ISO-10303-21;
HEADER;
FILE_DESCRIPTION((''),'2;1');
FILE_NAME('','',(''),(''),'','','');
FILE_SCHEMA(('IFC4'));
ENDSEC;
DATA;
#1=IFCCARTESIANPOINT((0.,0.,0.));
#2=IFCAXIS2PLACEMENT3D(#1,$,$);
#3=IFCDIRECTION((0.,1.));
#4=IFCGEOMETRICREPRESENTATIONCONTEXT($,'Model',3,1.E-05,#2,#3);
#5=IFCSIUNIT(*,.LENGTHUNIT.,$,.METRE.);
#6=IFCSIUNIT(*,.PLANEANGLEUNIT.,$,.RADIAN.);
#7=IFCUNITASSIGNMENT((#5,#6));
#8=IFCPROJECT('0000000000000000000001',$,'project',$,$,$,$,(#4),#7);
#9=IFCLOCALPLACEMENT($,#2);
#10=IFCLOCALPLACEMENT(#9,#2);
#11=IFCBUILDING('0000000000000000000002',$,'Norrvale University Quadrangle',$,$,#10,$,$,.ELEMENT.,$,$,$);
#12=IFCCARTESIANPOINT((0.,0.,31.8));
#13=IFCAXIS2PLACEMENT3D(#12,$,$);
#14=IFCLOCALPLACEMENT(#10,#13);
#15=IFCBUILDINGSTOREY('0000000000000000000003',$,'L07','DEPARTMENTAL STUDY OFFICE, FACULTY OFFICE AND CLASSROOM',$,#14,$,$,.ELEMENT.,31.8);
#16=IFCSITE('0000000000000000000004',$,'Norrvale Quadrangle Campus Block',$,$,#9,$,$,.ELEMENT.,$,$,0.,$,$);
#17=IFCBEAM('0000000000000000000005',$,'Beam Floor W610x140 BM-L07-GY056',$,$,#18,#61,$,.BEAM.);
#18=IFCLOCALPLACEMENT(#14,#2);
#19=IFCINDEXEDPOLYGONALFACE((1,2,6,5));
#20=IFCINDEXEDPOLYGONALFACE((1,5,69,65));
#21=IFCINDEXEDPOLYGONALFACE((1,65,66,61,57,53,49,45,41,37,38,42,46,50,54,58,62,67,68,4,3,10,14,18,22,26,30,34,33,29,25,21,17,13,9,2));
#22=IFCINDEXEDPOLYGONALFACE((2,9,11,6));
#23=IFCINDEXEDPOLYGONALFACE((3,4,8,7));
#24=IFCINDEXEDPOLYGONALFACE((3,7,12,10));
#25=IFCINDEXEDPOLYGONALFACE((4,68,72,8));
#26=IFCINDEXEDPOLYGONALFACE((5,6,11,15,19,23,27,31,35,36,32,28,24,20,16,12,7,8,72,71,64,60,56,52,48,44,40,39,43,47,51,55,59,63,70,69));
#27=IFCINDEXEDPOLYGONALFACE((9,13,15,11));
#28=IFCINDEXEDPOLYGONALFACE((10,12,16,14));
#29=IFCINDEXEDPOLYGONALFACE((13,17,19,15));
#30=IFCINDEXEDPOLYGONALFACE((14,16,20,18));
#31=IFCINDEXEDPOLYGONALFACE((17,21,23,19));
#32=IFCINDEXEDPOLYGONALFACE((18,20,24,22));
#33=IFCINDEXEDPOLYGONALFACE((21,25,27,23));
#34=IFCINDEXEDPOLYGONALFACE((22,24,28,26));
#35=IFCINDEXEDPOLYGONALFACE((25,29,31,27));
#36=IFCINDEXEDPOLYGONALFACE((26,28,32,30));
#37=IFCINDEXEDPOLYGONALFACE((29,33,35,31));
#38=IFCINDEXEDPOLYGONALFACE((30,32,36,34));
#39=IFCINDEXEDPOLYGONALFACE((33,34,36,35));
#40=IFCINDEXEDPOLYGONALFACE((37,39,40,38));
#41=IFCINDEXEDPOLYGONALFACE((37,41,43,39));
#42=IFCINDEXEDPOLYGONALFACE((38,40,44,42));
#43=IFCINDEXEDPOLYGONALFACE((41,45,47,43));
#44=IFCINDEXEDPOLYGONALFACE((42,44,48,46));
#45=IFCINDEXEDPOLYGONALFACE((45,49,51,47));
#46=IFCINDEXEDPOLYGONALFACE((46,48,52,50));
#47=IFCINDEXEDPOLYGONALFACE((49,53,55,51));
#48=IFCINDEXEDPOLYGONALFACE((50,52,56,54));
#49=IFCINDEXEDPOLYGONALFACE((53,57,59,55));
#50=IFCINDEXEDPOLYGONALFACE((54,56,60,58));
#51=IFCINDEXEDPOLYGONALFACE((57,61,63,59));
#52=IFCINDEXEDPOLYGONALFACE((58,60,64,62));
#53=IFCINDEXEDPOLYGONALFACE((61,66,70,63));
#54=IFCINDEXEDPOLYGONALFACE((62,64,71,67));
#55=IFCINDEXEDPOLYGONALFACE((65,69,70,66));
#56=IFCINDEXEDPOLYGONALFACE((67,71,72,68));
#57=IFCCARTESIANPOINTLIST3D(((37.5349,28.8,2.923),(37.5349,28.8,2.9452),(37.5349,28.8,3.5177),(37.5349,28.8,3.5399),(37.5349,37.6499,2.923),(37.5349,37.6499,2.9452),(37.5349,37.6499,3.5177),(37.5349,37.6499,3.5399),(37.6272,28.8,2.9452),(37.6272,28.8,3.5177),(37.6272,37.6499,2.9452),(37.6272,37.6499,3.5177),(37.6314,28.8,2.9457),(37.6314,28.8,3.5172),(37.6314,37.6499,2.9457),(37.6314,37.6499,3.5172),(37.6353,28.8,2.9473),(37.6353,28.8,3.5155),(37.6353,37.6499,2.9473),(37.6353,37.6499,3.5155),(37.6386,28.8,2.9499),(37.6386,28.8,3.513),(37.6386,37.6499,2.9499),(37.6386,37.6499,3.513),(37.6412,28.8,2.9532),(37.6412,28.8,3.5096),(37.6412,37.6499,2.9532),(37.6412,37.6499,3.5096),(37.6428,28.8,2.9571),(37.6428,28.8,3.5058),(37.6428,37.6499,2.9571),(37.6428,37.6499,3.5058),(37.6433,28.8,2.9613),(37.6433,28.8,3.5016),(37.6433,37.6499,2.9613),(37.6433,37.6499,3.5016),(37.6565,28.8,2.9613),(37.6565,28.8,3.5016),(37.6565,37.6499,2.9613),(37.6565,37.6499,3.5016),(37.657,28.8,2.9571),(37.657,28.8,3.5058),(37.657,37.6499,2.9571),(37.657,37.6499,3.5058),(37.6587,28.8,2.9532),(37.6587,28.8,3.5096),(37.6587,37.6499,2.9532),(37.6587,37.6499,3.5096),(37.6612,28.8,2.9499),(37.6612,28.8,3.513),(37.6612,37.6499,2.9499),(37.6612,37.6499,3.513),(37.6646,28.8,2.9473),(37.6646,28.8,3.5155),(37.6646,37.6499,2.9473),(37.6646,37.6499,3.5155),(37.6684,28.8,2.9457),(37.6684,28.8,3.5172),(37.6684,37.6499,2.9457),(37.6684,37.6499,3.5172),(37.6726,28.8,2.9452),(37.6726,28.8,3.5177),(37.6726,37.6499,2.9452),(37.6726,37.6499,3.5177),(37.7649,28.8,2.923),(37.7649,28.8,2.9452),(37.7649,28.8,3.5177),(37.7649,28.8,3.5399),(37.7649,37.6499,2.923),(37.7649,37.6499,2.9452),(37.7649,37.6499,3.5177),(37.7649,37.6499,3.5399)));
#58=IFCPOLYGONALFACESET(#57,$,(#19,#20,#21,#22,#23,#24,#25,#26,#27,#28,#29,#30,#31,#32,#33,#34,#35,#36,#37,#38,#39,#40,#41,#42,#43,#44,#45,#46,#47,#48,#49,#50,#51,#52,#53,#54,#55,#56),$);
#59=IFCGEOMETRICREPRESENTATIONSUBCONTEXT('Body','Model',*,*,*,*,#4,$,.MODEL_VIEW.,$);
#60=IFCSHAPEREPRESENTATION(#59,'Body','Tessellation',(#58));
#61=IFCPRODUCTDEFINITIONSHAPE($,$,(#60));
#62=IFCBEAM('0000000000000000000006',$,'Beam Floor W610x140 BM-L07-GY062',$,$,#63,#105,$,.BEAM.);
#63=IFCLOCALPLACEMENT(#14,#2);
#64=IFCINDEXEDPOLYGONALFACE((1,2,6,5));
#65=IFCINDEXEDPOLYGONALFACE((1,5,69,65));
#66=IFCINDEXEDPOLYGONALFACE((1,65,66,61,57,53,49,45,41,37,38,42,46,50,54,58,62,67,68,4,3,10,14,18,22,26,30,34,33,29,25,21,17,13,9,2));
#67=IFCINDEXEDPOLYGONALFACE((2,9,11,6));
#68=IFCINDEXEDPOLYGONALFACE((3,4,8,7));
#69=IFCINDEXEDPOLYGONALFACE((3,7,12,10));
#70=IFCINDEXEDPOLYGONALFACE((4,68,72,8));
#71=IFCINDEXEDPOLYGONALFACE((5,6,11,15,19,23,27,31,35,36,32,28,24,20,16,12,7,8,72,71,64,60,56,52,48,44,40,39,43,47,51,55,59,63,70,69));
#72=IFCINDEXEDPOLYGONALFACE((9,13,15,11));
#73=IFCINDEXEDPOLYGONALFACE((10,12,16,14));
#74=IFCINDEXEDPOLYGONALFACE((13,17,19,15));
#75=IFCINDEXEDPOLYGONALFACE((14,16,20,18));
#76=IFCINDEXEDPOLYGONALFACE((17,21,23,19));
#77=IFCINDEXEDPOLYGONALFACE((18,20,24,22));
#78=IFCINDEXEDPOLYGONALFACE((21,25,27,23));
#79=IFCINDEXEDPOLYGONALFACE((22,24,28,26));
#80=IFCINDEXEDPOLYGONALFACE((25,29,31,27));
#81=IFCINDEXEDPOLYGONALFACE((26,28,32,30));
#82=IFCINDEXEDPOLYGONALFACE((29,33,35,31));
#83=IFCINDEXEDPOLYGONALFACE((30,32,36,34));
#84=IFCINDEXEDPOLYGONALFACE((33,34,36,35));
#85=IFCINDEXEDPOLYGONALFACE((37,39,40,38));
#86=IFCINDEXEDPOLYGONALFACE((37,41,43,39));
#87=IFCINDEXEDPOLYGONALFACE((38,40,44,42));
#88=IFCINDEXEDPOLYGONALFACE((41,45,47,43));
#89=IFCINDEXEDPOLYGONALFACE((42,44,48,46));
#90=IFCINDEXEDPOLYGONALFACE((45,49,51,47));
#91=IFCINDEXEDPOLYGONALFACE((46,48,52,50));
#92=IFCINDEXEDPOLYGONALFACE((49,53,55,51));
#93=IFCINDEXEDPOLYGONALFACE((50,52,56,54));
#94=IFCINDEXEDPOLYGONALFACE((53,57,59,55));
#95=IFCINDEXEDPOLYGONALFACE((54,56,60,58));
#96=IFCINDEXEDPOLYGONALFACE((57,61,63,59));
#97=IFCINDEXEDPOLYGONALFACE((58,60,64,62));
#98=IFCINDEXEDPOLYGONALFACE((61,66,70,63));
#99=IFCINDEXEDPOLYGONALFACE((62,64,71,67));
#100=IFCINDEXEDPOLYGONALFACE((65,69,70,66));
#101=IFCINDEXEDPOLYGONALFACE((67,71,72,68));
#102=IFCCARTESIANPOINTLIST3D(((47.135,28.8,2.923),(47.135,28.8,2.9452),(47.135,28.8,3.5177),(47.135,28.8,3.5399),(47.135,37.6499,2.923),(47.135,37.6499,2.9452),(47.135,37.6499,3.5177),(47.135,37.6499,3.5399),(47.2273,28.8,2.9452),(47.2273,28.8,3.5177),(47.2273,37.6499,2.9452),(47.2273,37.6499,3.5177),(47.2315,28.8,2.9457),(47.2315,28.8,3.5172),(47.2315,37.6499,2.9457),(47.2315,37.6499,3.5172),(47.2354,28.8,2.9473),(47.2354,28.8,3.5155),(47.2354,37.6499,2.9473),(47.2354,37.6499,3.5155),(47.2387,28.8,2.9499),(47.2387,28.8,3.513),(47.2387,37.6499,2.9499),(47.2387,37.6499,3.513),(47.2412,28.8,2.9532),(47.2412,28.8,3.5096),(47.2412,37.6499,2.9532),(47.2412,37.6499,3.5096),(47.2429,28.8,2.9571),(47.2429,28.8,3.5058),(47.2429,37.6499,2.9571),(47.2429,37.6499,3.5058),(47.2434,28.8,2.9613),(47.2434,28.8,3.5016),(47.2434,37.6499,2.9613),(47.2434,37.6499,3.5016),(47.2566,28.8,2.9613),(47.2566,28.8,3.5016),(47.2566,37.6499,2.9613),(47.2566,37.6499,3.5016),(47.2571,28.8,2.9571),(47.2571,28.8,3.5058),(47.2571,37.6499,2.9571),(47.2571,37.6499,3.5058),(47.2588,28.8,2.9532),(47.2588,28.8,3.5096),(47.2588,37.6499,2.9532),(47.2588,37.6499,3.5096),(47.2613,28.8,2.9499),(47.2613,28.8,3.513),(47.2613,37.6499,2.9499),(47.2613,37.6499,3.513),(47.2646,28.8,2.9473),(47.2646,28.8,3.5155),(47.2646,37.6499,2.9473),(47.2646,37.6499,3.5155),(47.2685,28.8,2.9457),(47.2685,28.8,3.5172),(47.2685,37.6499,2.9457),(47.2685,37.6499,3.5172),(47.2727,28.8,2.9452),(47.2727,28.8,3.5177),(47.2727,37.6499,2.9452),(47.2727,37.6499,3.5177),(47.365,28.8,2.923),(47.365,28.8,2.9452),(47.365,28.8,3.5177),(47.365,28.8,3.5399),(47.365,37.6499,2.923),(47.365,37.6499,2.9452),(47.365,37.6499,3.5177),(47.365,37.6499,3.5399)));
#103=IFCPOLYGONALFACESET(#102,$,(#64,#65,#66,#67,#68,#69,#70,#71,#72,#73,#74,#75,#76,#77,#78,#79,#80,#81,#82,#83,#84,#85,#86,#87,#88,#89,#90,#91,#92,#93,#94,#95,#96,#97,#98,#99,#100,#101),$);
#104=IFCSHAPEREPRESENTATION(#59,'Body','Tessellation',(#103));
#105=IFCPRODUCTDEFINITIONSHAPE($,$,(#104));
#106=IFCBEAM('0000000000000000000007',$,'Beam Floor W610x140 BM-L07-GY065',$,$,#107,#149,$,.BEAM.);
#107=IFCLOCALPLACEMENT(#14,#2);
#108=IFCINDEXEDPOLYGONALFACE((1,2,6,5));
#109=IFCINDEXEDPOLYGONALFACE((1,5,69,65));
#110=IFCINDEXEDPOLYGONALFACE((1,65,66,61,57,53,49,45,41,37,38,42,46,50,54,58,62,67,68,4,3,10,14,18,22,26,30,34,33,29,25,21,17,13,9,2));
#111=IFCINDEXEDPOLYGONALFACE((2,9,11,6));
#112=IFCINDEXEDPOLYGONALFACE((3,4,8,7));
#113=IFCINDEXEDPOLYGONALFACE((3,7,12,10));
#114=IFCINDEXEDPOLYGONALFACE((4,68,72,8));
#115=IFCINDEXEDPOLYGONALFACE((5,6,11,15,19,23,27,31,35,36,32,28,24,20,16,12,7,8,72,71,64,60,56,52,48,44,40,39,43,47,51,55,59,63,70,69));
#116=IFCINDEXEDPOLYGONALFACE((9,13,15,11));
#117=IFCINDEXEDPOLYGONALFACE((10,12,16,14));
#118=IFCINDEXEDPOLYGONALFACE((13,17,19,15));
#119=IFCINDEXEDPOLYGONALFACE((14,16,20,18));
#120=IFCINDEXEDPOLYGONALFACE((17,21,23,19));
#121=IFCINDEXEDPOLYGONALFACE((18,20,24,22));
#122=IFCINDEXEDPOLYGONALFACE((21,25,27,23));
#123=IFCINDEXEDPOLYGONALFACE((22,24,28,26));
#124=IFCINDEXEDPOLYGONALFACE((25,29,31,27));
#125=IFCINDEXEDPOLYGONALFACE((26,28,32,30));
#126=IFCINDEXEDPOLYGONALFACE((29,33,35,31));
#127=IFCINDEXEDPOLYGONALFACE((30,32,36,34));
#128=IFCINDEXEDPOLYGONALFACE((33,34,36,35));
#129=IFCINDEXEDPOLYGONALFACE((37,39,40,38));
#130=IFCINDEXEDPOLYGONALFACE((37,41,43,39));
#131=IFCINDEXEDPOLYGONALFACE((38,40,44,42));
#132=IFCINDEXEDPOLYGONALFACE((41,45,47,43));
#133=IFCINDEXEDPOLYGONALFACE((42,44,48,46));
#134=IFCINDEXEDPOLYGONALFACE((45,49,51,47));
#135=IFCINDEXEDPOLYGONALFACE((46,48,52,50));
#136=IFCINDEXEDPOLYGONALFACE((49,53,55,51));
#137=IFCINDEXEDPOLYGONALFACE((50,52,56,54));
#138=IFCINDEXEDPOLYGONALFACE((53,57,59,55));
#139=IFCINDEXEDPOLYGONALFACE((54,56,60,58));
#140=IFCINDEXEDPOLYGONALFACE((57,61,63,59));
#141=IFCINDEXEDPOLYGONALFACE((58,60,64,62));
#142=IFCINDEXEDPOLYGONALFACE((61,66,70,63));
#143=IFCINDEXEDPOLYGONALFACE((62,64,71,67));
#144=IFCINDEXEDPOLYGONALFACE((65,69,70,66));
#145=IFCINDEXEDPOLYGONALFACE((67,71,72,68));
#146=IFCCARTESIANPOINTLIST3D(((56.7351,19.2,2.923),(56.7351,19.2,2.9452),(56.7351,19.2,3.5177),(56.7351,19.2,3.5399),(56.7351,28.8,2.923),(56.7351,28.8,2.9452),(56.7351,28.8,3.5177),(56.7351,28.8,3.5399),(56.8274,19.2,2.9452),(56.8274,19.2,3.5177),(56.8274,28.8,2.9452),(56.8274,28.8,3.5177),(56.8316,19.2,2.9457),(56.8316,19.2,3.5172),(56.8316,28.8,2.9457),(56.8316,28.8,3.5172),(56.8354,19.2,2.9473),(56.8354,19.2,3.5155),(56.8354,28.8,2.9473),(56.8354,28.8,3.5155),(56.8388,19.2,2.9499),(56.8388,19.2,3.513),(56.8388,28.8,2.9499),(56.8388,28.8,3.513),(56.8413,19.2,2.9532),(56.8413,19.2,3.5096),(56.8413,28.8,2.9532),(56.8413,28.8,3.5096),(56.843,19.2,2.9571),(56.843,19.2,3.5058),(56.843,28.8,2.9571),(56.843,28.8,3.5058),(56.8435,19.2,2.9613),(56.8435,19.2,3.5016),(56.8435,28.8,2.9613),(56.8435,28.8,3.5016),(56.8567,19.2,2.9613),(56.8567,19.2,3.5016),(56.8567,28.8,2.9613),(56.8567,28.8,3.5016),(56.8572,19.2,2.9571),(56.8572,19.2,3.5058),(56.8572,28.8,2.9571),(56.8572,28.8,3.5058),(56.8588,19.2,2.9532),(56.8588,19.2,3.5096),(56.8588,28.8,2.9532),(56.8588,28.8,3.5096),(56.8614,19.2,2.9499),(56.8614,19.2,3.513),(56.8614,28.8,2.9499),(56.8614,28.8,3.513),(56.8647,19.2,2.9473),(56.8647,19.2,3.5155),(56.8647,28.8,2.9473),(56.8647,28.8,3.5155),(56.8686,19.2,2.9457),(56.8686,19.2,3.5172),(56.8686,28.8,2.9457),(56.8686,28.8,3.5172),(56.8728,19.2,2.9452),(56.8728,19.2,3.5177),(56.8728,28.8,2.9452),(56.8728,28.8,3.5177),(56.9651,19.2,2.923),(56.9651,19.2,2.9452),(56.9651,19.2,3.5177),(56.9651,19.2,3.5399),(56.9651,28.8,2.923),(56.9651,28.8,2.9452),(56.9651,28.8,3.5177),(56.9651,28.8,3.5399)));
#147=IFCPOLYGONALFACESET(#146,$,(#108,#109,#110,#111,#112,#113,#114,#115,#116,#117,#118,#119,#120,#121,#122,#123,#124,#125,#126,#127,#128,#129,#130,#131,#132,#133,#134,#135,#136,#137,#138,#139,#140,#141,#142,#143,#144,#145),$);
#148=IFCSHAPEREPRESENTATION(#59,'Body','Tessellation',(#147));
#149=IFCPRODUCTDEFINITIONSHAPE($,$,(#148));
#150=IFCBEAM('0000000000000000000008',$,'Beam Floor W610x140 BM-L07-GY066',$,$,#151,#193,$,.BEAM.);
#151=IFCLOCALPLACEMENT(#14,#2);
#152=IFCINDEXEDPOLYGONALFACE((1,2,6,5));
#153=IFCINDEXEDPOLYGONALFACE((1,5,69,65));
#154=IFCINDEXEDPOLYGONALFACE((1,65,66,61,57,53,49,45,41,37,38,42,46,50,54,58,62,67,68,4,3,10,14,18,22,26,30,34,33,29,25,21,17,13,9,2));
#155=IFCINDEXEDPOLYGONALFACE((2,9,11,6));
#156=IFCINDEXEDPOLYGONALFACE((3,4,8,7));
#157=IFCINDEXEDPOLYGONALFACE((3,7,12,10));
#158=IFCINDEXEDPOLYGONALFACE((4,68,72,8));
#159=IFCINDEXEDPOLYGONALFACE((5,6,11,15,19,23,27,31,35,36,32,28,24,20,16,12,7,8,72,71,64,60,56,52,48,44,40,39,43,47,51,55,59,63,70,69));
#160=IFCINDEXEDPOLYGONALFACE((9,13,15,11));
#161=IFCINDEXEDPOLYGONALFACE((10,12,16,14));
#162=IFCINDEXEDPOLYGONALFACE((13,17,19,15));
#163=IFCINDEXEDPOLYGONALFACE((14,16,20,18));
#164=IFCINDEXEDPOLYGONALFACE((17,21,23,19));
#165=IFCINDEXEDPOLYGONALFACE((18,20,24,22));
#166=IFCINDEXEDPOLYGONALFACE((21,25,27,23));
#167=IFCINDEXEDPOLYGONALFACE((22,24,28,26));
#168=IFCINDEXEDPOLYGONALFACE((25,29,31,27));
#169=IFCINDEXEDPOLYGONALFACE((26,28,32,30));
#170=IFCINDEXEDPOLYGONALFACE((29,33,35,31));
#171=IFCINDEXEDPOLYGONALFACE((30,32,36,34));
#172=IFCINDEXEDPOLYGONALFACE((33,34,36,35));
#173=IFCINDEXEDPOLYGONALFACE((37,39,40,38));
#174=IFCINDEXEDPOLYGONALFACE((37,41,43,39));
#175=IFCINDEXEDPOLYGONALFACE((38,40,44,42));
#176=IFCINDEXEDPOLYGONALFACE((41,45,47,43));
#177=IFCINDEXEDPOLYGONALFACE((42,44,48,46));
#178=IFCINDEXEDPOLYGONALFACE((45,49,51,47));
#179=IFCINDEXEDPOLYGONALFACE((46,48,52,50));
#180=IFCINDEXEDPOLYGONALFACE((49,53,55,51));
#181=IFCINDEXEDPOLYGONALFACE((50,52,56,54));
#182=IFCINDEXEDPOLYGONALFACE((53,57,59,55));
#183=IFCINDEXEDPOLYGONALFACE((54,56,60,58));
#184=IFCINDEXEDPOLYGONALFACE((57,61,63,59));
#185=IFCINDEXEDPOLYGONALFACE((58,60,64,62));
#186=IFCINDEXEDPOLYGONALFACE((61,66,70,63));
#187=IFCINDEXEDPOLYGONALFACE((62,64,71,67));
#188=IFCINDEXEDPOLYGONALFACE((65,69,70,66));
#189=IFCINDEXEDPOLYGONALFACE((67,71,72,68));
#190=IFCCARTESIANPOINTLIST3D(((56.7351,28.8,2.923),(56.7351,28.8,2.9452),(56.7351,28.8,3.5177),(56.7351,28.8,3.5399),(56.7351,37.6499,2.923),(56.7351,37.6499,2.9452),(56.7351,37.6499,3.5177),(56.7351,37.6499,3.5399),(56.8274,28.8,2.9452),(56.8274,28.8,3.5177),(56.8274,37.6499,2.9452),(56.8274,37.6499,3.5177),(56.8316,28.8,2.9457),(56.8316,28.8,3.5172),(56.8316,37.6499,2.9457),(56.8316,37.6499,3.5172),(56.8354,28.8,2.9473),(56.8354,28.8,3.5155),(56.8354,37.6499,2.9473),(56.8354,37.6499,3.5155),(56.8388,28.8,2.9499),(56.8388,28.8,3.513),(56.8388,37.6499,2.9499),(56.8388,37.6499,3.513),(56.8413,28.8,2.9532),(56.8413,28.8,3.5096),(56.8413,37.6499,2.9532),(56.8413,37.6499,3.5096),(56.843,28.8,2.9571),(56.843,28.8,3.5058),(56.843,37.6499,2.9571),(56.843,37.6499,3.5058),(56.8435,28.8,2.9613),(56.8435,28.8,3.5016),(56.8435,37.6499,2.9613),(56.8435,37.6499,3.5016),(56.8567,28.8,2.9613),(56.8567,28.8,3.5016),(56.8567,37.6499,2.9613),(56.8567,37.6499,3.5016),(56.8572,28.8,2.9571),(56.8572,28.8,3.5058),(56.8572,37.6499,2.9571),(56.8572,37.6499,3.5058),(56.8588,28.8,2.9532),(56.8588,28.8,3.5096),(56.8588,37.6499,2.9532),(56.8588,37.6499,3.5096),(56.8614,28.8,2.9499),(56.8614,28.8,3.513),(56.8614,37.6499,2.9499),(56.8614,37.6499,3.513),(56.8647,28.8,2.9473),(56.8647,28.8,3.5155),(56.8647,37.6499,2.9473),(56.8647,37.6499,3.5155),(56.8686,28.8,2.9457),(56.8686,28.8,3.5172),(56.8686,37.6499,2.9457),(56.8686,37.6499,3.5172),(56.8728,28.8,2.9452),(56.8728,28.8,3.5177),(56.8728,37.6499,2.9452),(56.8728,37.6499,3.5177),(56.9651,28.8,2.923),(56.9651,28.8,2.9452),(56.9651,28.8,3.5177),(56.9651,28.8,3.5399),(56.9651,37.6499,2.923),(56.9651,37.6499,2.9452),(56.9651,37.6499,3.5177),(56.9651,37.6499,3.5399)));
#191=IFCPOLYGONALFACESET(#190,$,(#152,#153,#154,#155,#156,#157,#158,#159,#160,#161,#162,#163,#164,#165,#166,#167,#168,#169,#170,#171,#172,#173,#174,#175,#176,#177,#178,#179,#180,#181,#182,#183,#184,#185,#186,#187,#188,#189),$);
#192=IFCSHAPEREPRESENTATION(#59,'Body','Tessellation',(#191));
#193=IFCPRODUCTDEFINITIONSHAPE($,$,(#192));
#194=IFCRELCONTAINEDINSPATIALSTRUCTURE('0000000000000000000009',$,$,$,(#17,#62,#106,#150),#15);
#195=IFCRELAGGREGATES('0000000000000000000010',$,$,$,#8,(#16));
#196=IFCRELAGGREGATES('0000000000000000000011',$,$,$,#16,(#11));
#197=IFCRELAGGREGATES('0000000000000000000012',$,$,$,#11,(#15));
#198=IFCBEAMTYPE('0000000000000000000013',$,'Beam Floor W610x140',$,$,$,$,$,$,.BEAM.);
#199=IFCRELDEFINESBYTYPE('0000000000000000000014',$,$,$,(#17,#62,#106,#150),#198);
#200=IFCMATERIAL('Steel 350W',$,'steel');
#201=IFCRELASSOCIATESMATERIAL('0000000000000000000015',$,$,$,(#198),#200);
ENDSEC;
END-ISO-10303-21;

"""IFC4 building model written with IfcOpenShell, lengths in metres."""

from ifc_helpers import new_model, si_unit, direction, frame, origin, origin_2d, place, context, subcontext, project, spatial, i_section, extrude, material, material_profile, profile_set, type_object, element, save


model = new_model("IFC4")

# Units and contexts
model_context = context("Model", 3, precision=1e-05, world=origin(), true_north=direction((0.0, 1.0)))
body_context = subcontext(model_context, "Body", "Model", "MODEL_VIEW")
ifc_project = project(units=[si_unit("LENGTHUNIT", "METRE"), si_unit("PLANEANGLEUNIT", "RADIAN")], contexts=[model_context])

# Site, building, storey
site_placement = place(None, origin())
site = spatial("IfcSite", under=ifc_project, at=site_placement, Name="Norrvale Quadrangle Campus Block", CompositionType="ELEMENT", RefElevation=0.0)
building_placement = place(site_placement, origin())
building = spatial("IfcBuilding", under=site, at=building_placement, Name="Norrvale University Quadrangle", CompositionType="ELEMENT")
storey_placement = place(building_placement, frame((0.0, 0.0, 31.8)))
storey = spatial("IfcBuildingStorey", under=building, at=storey_placement, Name="L07", Description="DEPARTMENTAL STUDY OFFICE, FACULTY OFFICE AND CLASSROOM", CompositionType="ELEMENT", Elevation=31.8)

# Beams
ifc_material_1 = material(Name="Steel 350W", Category="steel")
ifc_material_profile_1 = material_profile(ifc_material_1, i_section(OverallWidth=0.23, OverallDepth=0.6169, WebThickness=0.0132, FlangeThickness=0.0222, FilletRadius=0.0161, at=origin_2d()), Name="Steel 350W")
ifc_profile_set_1 = profile_set([ifc_material_profile_1], Name="Steel 350W")
beam_type_1 = type_object("IfcBeamType", Name="Beam Floor W610x140", PredefinedType="BEAM", material=ifc_profile_set_1)
for number, where, z_axis, x_axis, name in (
    (1, (37.6499, 28.8, 3.2314), (0.0, 1.0, 0.0), (-1.0, 0.0, 0.0), "Beam Floor W610x140 BM-L07-GY056"),
    (2, (47.25, 28.8, 3.2314), (0.0, 1.0, 0.0), (-1.0, 0.0, 0.0), "Beam Floor W610x140 BM-L07-GY062"),
):
    element("IfcBeam", number, at=place(storey_placement, frame(where, z_axis=z_axis, x_axis=x_axis)), inside=storey, type_object=beam_type_1, Name=name, PredefinedType="BEAM", context=body_context, shape_type="SweptSolid", body=[
        extrude(i_section(OverallWidth=0.23, OverallDepth=0.6169, WebThickness=0.0132, FlangeThickness=0.0222, FilletRadius=0.0161, at=origin_2d()), origin(), (0.0, 0.0, 1.0), 8.8499),
    ])
beam_1_placement = place(storey_placement, frame((56.8501, 19.2, 3.2314), z_axis=(0.0, 1.0, 0.0), x_axis=(-1.0, 0.0, 0.0)))
element("IfcBeam", 3, at=beam_1_placement, inside=storey, type_object=beam_type_1, Name="Beam Floor W610x140 BM-L07-GY065", PredefinedType="BEAM", context=body_context, shape_type="SweptSolid", body=[
    extrude(i_section(OverallWidth=0.23, OverallDepth=0.6169, WebThickness=0.0132, FlangeThickness=0.0222, FilletRadius=0.0161, at=origin_2d()), origin(), (0.0, 0.0, 1.0), 9.6001),
])
beam_2_placement = place(storey_placement, frame((56.8501, 28.8, 3.2314), z_axis=(0.0, 1.0, 0.0), x_axis=(-1.0, 0.0, 0.0)))
element("IfcBeam", 4, at=beam_2_placement, inside=storey, type_object=beam_type_1, Name="Beam Floor W610x140 BM-L07-GY066", PredefinedType="BEAM", context=body_context, shape_type="SweptSolid", body=[
    extrude(i_section(OverallWidth=0.23, OverallDepth=0.6169, WebThickness=0.0132, FlangeThickness=0.0222, FilletRadius=0.0161, at=origin_2d()), origin(), (0.0, 0.0, 1.0), 8.8499),
])

save(model, "model.ifc")
